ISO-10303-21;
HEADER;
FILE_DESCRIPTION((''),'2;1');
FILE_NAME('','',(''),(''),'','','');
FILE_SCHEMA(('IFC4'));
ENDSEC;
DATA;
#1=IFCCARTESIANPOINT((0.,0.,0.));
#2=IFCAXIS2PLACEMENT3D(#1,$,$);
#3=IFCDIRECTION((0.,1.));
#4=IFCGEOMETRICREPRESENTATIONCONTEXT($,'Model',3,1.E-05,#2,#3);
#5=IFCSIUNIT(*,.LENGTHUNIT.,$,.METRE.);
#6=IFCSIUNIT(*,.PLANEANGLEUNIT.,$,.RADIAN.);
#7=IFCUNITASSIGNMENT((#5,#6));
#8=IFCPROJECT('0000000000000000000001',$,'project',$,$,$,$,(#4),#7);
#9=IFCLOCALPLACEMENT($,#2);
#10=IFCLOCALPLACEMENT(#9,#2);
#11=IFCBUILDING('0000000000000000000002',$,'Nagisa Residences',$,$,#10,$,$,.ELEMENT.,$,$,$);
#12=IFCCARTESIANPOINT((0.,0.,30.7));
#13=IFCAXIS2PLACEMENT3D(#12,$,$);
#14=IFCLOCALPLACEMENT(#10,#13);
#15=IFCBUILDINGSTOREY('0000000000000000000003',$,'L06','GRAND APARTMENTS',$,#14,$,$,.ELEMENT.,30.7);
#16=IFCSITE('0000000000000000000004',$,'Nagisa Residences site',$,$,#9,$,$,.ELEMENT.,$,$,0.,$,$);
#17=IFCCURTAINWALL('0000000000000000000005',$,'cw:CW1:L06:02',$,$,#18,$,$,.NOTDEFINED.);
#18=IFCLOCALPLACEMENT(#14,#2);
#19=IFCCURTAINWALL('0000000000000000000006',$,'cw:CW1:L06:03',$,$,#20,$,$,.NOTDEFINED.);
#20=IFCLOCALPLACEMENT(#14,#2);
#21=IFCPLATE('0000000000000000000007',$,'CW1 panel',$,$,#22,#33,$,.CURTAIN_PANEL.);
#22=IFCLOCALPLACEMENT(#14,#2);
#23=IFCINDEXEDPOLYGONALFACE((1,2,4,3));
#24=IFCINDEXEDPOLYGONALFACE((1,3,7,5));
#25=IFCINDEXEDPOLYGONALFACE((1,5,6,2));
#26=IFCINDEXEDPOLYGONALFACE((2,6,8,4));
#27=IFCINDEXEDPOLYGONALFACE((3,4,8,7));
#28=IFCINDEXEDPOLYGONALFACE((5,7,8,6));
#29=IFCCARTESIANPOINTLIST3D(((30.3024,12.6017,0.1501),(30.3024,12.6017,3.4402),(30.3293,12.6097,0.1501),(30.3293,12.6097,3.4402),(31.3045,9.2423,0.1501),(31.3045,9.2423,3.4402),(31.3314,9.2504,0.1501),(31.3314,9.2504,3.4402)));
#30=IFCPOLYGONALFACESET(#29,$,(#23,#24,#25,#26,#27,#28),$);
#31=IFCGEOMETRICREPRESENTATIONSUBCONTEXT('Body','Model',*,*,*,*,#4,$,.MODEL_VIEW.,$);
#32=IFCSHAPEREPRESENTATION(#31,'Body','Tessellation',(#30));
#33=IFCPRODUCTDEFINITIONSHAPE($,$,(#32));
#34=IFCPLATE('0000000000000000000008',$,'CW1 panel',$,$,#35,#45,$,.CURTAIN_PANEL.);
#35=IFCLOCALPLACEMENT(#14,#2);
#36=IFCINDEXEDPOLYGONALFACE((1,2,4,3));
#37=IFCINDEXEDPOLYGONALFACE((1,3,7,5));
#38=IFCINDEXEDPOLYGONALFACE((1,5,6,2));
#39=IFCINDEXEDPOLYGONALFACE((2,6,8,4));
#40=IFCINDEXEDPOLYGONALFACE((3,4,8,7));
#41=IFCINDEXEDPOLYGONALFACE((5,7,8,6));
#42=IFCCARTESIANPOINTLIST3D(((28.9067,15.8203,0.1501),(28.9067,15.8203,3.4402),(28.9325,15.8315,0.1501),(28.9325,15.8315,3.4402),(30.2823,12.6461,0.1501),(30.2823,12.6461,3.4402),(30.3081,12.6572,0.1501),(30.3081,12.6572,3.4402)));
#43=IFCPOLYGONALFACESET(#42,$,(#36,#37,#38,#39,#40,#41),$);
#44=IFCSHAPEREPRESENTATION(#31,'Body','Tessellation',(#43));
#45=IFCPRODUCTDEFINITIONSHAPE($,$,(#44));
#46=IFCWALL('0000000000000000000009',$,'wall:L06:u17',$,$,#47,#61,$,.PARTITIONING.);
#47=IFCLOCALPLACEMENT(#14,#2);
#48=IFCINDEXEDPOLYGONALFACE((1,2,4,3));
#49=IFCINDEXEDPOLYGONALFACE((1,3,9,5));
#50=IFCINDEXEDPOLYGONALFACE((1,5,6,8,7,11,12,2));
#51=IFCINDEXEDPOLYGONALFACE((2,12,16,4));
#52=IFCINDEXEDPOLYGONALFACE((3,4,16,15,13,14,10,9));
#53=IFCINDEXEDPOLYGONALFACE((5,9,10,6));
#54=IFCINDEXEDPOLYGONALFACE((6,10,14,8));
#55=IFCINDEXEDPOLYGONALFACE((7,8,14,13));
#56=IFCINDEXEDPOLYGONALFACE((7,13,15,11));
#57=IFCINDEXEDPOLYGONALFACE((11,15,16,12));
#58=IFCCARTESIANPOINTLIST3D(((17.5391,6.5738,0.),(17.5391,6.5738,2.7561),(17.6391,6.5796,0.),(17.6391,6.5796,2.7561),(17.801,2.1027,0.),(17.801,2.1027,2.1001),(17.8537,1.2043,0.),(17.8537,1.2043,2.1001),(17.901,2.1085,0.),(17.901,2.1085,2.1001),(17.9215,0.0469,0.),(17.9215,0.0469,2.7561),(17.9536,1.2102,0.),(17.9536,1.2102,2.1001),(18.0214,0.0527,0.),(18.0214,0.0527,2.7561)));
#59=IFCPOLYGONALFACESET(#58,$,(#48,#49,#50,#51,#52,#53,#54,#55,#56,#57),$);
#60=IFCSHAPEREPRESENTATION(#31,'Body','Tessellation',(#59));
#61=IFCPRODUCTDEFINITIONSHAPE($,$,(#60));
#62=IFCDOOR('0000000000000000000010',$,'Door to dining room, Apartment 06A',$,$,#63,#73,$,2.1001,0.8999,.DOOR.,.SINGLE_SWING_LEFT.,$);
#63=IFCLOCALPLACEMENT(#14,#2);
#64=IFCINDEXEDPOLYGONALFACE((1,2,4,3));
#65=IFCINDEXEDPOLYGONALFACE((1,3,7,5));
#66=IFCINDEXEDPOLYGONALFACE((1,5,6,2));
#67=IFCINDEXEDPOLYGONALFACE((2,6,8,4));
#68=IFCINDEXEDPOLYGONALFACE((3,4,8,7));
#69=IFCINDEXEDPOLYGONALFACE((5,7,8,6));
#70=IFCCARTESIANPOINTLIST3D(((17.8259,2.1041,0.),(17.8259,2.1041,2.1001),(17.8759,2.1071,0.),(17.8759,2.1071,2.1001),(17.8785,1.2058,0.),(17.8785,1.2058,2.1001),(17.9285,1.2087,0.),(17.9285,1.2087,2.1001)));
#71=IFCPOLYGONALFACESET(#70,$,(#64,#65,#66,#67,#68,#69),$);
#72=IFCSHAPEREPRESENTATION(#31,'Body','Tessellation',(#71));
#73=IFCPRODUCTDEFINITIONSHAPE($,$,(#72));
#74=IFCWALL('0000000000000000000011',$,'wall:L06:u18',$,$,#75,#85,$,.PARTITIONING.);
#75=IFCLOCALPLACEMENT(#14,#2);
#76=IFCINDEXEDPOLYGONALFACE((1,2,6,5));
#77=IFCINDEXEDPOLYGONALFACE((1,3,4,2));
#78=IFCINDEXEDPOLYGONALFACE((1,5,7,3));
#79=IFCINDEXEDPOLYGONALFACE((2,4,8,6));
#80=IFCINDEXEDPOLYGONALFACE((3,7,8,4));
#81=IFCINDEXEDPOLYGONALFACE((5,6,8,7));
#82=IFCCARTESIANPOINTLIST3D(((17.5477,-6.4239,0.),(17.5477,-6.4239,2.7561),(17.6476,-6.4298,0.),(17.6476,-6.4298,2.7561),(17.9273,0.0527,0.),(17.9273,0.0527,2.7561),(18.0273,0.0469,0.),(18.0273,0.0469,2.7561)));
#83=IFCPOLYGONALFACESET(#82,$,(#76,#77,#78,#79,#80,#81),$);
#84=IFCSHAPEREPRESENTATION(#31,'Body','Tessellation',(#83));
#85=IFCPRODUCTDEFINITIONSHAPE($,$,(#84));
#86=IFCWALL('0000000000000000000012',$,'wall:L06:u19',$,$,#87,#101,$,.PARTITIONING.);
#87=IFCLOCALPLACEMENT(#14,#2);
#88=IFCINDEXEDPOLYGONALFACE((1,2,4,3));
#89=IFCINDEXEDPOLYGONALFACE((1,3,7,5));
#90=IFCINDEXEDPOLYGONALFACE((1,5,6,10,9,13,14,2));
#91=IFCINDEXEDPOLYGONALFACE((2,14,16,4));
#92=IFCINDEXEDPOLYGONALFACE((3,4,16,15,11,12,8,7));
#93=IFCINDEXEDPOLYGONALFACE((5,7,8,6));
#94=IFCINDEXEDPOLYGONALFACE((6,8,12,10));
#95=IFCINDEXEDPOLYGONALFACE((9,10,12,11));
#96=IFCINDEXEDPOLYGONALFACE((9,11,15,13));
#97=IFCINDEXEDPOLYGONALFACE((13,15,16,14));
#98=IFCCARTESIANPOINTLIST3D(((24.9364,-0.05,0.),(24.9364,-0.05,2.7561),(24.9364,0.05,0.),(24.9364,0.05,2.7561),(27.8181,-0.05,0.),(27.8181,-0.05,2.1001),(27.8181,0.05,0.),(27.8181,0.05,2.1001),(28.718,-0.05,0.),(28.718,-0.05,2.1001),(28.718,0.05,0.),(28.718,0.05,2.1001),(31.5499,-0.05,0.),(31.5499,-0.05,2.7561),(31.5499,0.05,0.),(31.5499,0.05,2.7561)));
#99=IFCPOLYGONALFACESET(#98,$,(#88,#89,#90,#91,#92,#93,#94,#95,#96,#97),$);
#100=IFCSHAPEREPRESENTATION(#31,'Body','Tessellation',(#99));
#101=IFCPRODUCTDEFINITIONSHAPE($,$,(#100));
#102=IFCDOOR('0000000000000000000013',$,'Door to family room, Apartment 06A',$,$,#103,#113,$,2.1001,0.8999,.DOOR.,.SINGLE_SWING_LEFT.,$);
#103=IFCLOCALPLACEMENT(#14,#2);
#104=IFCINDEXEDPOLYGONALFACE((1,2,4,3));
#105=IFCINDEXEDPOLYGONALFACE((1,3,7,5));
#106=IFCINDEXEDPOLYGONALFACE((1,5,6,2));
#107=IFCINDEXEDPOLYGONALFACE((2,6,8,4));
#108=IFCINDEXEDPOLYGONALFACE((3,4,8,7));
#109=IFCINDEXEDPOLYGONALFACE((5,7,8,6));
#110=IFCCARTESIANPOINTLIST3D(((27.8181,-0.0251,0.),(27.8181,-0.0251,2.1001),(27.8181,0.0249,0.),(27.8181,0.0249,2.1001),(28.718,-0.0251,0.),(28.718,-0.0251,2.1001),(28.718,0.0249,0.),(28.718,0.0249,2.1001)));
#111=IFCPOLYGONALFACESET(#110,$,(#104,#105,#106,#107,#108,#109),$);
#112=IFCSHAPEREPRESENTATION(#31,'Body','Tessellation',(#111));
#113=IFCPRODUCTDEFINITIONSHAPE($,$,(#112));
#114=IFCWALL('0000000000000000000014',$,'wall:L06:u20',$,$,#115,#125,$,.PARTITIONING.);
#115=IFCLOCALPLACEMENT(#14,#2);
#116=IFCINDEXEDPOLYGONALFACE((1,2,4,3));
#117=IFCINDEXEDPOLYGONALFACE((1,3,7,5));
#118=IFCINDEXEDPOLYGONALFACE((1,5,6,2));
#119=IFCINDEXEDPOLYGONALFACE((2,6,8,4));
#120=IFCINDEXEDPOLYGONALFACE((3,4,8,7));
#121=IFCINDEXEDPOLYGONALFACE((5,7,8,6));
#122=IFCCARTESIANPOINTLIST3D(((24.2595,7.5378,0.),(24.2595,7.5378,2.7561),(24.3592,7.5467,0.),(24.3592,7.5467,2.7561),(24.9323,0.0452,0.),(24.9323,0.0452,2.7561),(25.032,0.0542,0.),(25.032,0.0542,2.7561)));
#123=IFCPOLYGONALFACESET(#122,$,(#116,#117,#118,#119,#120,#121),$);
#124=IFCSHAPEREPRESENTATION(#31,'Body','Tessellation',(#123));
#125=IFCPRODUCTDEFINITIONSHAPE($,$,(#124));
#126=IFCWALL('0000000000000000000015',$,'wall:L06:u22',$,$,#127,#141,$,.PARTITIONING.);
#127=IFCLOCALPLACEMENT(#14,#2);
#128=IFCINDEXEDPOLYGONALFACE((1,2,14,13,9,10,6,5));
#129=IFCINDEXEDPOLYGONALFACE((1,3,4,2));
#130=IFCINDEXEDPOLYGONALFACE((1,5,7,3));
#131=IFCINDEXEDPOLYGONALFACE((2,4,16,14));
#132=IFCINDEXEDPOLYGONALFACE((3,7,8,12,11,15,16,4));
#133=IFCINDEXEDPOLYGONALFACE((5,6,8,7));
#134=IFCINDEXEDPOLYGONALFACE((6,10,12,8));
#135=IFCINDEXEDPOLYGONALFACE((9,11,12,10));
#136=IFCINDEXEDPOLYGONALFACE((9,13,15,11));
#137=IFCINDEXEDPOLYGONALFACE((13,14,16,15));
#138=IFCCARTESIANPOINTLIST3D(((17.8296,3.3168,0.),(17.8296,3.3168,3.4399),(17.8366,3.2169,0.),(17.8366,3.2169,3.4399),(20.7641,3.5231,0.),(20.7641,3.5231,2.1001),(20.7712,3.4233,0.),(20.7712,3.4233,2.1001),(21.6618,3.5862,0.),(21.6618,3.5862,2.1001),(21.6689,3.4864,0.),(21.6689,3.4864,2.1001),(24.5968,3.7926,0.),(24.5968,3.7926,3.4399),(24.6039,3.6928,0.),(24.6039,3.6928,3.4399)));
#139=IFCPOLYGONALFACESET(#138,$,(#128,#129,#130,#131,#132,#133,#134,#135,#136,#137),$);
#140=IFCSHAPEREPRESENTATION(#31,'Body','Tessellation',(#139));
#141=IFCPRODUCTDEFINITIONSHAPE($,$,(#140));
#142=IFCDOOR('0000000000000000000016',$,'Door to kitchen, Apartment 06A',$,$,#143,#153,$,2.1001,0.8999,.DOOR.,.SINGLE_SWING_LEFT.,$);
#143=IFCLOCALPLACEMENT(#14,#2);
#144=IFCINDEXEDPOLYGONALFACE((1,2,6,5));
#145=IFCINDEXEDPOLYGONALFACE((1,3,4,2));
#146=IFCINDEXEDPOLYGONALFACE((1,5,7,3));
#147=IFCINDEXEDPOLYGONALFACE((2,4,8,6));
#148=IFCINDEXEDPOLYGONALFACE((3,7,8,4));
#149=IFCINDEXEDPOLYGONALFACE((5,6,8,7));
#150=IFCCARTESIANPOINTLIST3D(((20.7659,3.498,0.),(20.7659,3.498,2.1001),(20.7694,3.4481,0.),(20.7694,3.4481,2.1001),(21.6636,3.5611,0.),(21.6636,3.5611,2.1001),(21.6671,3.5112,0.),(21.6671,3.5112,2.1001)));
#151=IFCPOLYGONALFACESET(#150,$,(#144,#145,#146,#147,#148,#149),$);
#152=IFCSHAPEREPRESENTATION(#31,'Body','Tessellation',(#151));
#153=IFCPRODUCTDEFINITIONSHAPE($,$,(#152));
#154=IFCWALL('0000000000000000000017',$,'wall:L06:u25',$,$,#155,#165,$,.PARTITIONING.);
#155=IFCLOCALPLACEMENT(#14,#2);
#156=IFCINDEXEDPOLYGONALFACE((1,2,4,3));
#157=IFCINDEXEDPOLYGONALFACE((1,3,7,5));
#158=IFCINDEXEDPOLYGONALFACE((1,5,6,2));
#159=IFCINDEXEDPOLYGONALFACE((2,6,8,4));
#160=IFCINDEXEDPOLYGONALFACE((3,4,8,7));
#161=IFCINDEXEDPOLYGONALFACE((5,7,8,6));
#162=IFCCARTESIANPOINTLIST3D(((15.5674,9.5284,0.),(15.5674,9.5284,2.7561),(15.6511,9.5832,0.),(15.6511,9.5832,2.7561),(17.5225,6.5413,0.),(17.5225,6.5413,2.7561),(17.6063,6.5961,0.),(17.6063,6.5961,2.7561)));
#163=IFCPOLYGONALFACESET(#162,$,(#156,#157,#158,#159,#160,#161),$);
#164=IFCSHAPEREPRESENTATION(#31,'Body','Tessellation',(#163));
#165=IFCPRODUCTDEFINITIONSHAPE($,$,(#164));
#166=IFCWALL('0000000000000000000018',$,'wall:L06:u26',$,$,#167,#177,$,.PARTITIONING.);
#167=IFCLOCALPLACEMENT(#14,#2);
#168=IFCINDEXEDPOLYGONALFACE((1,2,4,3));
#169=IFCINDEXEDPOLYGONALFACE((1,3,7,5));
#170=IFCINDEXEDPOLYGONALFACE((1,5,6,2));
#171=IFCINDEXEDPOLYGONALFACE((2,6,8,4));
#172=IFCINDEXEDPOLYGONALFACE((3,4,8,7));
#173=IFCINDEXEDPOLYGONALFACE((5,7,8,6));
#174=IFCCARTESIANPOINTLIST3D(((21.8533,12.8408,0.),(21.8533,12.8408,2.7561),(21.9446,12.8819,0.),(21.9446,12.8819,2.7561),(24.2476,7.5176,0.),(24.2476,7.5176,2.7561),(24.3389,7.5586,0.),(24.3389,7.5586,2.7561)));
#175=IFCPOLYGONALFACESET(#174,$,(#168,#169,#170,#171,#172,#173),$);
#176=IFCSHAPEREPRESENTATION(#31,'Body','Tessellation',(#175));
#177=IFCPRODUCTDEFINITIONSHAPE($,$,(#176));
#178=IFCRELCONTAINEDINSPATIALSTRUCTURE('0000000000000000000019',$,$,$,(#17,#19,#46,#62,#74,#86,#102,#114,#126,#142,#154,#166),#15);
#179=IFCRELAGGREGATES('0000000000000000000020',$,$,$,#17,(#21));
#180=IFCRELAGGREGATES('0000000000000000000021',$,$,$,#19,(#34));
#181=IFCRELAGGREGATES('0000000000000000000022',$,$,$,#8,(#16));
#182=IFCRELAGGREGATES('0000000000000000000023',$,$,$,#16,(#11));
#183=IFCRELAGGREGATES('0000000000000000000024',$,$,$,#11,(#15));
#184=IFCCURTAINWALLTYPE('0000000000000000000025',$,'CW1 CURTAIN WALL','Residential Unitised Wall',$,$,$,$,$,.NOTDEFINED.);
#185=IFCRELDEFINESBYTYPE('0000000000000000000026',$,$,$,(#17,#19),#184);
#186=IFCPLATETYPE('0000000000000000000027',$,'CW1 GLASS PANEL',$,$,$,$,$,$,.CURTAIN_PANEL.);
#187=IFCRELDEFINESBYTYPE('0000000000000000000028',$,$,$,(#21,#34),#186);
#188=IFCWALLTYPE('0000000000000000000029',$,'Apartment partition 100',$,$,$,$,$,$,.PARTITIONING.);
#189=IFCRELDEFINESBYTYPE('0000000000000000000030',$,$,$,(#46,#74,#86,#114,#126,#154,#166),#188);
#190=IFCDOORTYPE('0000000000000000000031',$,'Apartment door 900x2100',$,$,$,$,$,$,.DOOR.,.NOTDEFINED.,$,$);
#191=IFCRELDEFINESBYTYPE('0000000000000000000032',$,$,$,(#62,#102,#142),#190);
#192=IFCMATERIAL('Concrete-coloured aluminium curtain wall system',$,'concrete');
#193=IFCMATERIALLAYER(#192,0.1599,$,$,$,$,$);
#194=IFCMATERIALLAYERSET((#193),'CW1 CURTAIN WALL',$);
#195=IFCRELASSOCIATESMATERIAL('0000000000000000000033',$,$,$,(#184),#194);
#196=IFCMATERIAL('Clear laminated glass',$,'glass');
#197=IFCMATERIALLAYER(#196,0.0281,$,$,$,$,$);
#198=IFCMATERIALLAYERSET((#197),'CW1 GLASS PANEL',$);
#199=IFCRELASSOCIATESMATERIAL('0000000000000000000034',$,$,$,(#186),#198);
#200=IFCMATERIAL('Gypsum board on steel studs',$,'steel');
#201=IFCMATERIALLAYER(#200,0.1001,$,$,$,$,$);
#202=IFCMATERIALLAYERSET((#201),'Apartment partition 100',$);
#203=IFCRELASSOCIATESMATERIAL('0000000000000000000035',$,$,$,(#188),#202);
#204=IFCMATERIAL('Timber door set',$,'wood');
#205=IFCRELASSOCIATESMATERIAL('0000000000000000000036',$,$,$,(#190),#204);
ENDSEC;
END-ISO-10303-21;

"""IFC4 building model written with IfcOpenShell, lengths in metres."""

from ifc_helpers import new_model, si_unit, direction, frame, frame_2d, origin, origin_2d, place, context, subcontext, project, spatial, rectangle, extrude, material, layer, layer_set, type_object, element, fill, aggregate, save


model = new_model("IFC4")

# Units and contexts
model_context = context("Model", 3, precision=1e-05, world=origin(), true_north=direction((0.0, 1.0)))
body_context = subcontext(model_context, "Body", "Model", "MODEL_VIEW")
ifc_project = project(units=[si_unit("LENGTHUNIT", "METRE"), si_unit("PLANEANGLEUNIT", "RADIAN")], contexts=[model_context])

# Site, building, storey
site_placement = place(None, origin())
site = spatial("IfcSite", under=ifc_project, at=site_placement, Name="Nagisa Residences site", CompositionType="ELEMENT", RefElevation=0.0)
building_placement = place(site_placement, origin())
building = spatial("IfcBuilding", under=site, at=building_placement, Name="Nagisa Residences", CompositionType="ELEMENT")
storey_placement = place(building_placement, frame((0.0, 0.0, 30.7)))
storey = spatial("IfcBuildingStorey", under=building, at=storey_placement, Name="L06", Description="GRAND APARTMENTS", CompositionType="ELEMENT", Elevation=30.7)

# Curtain walls
ifc_material_1 = material(Name="Concrete-coloured aluminium curtain wall system", Category="concrete")
ifc_layer_1 = layer(ifc_material_1, 0.1599)
ifc_layer_set_1 = layer_set([ifc_layer_1], Name="CW1 CURTAIN WALL")
curtain_wall_type = type_object("IfcCurtainWallType", Name="CW1 CURTAIN WALL", Description="Residential Unitised Wall", PredefinedType="NOTDEFINED", material=ifc_layer_set_1)
curtain_wall_1_placement = place(storey_placement, origin())
curtain_wall_1 = element("IfcCurtainWall", 1, at=curtain_wall_1_placement, inside=storey, type_object=curtain_wall_type, Name="cw:CW1:L06:02", PredefinedType="NOTDEFINED")
curtain_wall_2_placement = place(storey_placement, origin())
curtain_wall_2 = element("IfcCurtainWall", 2, at=curtain_wall_2_placement, inside=storey, type_object=curtain_wall_type, Name="cw:CW1:L06:03", PredefinedType="NOTDEFINED")

# Plates
ifc_material_2 = material(Name="Clear laminated glass", Category="glass")
ifc_layer_2 = layer(ifc_material_2, 0.0281)
ifc_layer_set_2 = layer_set([ifc_layer_2], Name="CW1 GLASS PANEL")
plate_type = type_object("IfcPlateType", Name="CW1 GLASS PANEL", PredefinedType="CURTAIN_PANEL", material=ifc_layer_set_2)
plate_1_placement = place(storey_placement, frame((30.8169, 10.926, 0.1501), z_axis=(0.0, 0.0, 1.0), x_axis=(-0.28586, 0.958271, 0.0)))
plate_1 = element("IfcPlate", 3, at=plate_1_placement, type_object=plate_type, Name="CW1 panel", PredefinedType="CURTAIN_PANEL", context=body_context, shape_type="SweptSolid", body=[
    extrude(rectangle(XDim=3.5056, YDim=0.0281, at=origin_2d()), origin(), (0.0, 0.0, 1.0), 3.29),
])
aggregate(curtain_wall_1, [plate_1])
plate_2_placement = place(storey_placement, frame((29.6074, 14.2388, 0.1501), z_axis=(0.0, 0.0, 1.0), x_axis=(-0.397636, 0.917543, 0.0)))
plate_2 = element("IfcPlate", 4, at=plate_2_placement, type_object=plate_type, Name="CW1 panel", PredefinedType="CURTAIN_PANEL", context=body_context, shape_type="SweptSolid", body=[
    extrude(rectangle(XDim=3.4595, YDim=0.0281, at=origin_2d()), origin(), (0.0, 0.0, 1.0), 3.29),
])
aggregate(curtain_wall_2, [plate_2])

# Wall, opening, door
ifc_material_3 = material(Name="Gypsum board on steel studs", Category="steel")
ifc_layer_3 = layer(ifc_material_3, 0.1001)
ifc_layer_set_3 = layer_set([ifc_layer_3], Name="Apartment partition 100")
wall_type_1 = type_object("IfcWallType", Name="Apartment partition 100", PredefinedType="PARTITIONING", material=ifc_layer_set_3)
wall_1_placement = place(storey_placement, frame((17.9714, 0.0498, 0.0), z_axis=(0.0, 0.0, 1.0), x_axis=(-0.058477, 0.998289, 0.0)))
wall_1 = element("IfcWall", 5, at=wall_1_placement, inside=storey, type_object=wall_type_1, Name="wall:L06:u17", PredefinedType="PARTITIONING", context=body_context, shape_type="SweptSolid", body=[
    extrude(rectangle(XDim=6.5381, YDim=0.1001, at=frame_2d((3.269, 0.0))), origin(), (0.0, 0.0, 1.0), 2.7561),
])
opening_1_placement = place(wall_1_placement, frame((1.1594, 0.0, 0.0)))
opening_1 = element("IfcOpeningElement", 6, at=opening_1_placement, cuts=wall_1, PredefinedType="OPENING", context=body_context, shape_type="SweptSolid", body=[
    extrude(rectangle(XDim=0.8999, YDim=2.1001, at=frame_2d((0.45, 1.05))), frame((0.0, 0.0601, 0.0), z_axis=(0.0, -1.0, 0.0), x_axis=(1.0, 0.0, 0.0)), (0.0, 0.0, 1.0), 0.1201),
])
ifc_material_4 = material(Name="Timber door set", Category="wood")
door_type_1 = type_object("IfcDoorType", Name="Apartment door 900x2100", OperationType="NOTDEFINED", PredefinedType="DOOR", material=ifc_material_4)
door_1_placement = place(opening_1_placement, frame((0.8999, 0.0, 0.0), x_axis=(-1.0, 0.0, 0.0)))
door_1 = element("IfcDoor", 7, at=door_1_placement, inside=storey, type_object=door_type_1, Name="Door to dining room, Apartment 06A", OperationType="SINGLE_SWING_LEFT", OverallHeight=2.1001, OverallWidth=0.8999, PredefinedType="DOOR", context=body_context, shape_type="SweptSolid", body=[
    extrude(rectangle(XDim=0.8999, YDim=2.1001, at=frame_2d((0.45, 1.05))), frame((0.0, 0.0249, 0.0), z_axis=(0.0, -1.0, 0.0), x_axis=(1.0, 0.0, 0.0)), (0.0, 0.0, 1.0), 0.05),
])
fill(opening_1, door_1)

# Wall
wall_2_placement = place(storey_placement, frame((17.9773, 0.0498, 0.0), z_axis=(0.0, 0.0, 1.0), x_axis=(-0.058517, -0.998286, 0.0)))
element("IfcWall", 8, at=wall_2_placement, inside=storey, type_object=wall_type_1, Name="wall:L06:u18", PredefinedType="PARTITIONING", context=body_context, shape_type="SweptSolid", body=[
    extrude(rectangle(XDim=6.4878, YDim=0.1001, at=frame_2d((3.2439, 0.0))), origin(), (0.0, 0.0, 1.0), 2.7561),
])

# Wall, opening, door
wall_3_placement = place(storey_placement, frame((24.9365, 0.0, 0.0), z_axis=(0.0, 0.0, 1.0), x_axis=(1.0, 0.0, 0.0)))
wall_3 = element("IfcWall", 9, at=wall_3_placement, inside=storey, type_object=wall_type_1, Name="wall:L06:u19", PredefinedType="PARTITIONING", context=body_context, shape_type="SweptSolid", body=[
    extrude(rectangle(XDim=6.6135, YDim=0.1001, at=frame_2d((3.3066, 0.0))), origin(), (0.0, 0.0, 1.0), 2.7561),
])
opening_2_placement = place(wall_3_placement, frame((2.8816, 0.0, 0.0)))
opening_2 = element("IfcOpeningElement", 10, at=opening_2_placement, cuts=wall_3, PredefinedType="OPENING", context=body_context, shape_type="SweptSolid", body=[
    extrude(rectangle(XDim=0.8999, YDim=2.1001, at=frame_2d((0.45, 1.05))), frame((0.0, 0.0601, 0.0), z_axis=(0.0, -1.0, 0.0), x_axis=(1.0, 0.0, 0.0)), (0.0, 0.0, 1.0), 0.1201),
])
door_2_placement = place(opening_2_placement, origin())
door_2 = element("IfcDoor", 11, at=door_2_placement, inside=storey, type_object=door_type_1, Name="Door to family room, Apartment 06A", OperationType="SINGLE_SWING_LEFT", OverallHeight=2.1001, OverallWidth=0.8999, PredefinedType="DOOR", context=body_context, shape_type="SweptSolid", body=[
    extrude(rectangle(XDim=0.8999, YDim=2.1001, at=frame_2d((0.45, 1.05))), frame((0.0, 0.0249, 0.0), z_axis=(0.0, -1.0, 0.0), x_axis=(1.0, 0.0, 0.0)), (0.0, 0.0, 1.0), 0.05),
])
fill(opening_2, door_2)

# Wall
wall_4_placement = place(storey_placement, frame((24.9822, 0.0498, 0.0), z_axis=(0.0, 0.0, 1.0), x_axis=(-0.089444, 0.995992, 0.0)))
element("IfcWall", 12, at=wall_4_placement, inside=storey, type_object=wall_type_1, Name="wall:L06:u20", PredefinedType="PARTITIONING", context=body_context, shape_type="SweptSolid", body=[
    extrude(rectangle(XDim=7.5227, YDim=0.1001, at=frame_2d((3.7612, 0.0))), origin(), (0.0, 0.0, 1.0), 2.7561),
])

# Wall, opening, door
wall_5_placement = place(storey_placement, frame((17.833, 3.2668, 0.0), z_axis=(0.0, 0.0, 1.0), x_axis=(0.997537, 0.07014, 0.0)))
wall_5 = element("IfcWall", 13, at=wall_5_placement, inside=storey, type_object=wall_type_1, Name="wall:L06:u22", PredefinedType="PARTITIONING", context=body_context, shape_type="SweptSolid", body=[
    extrude(rectangle(XDim=6.7839, YDim=0.1001, at=frame_2d((3.3921, 0.0))), origin(), (0.0, 0.0, 1.0), 3.4399),
])
opening_3_placement = place(wall_5_placement, frame((2.9419, 0.0, 0.0)))
opening_3 = element("IfcOpeningElement", 14, at=opening_3_placement, cuts=wall_5, PredefinedType="OPENING", context=body_context, shape_type="SweptSolid", body=[
    extrude(rectangle(XDim=0.8999, YDim=2.1001, at=frame_2d((0.45, 1.05))), frame((0.0, 0.0601, 0.0), z_axis=(0.0, -1.0, 0.0), x_axis=(1.0, 0.0, 0.0)), (0.0, 0.0, 1.0), 0.1201),
])
door_3_placement = place(opening_3_placement, origin())
door_3 = element("IfcDoor", 15, at=door_3_placement, inside=storey, type_object=door_type_1, Name="Door to kitchen, Apartment 06A", OperationType="SINGLE_SWING_LEFT", OverallHeight=2.1001, OverallWidth=0.8999, PredefinedType="DOOR", context=body_context, shape_type="SweptSolid", body=[
    extrude(rectangle(XDim=0.8999, YDim=2.1001, at=frame_2d((0.45, 1.05))), frame((0.0, 0.0249, 0.0), z_axis=(0.0, -1.0, 0.0), x_axis=(1.0, 0.0, 0.0)), (0.0, 0.0, 1.0), 0.05),
])
fill(opening_3, door_3)

# Walls
wall_6_placement = place(storey_placement, frame((17.5645, 6.5686, 0.0), z_axis=(0.0, 0.0, 1.0), x_axis=(-0.547642, 0.836713, 0.0)))
element("IfcWall", 16, at=wall_6_placement, inside=storey, type_object=wall_type_1, Name="wall:L06:u25", PredefinedType="PARTITIONING", context=body_context, shape_type="SweptSolid", body=[
    extrude(rectangle(XDim=3.5701, YDim=0.1001, at=frame_2d((1.7852, 0.0))), origin(), (0.0, 0.0, 1.0), 2.7561),
])
wall_7_placement = place(storey_placement, frame((24.2932, 7.5381, 0.0), z_axis=(0.0, 0.0, 1.0), x_axis=(-0.410198, 0.911997, 0.0)))
element("IfcWall", 17, at=wall_7_placement, inside=storey, type_object=wall_type_1, Name="wall:L06:u26", PredefinedType="PARTITIONING", context=body_context, shape_type="SweptSolid", body=[
    extrude(rectangle(XDim=5.8369, YDim=0.1001, at=frame_2d((2.9185, 0.0))), origin(), (0.0, 0.0, 1.0), 2.7561),
])

save(model, "model.ifc")
